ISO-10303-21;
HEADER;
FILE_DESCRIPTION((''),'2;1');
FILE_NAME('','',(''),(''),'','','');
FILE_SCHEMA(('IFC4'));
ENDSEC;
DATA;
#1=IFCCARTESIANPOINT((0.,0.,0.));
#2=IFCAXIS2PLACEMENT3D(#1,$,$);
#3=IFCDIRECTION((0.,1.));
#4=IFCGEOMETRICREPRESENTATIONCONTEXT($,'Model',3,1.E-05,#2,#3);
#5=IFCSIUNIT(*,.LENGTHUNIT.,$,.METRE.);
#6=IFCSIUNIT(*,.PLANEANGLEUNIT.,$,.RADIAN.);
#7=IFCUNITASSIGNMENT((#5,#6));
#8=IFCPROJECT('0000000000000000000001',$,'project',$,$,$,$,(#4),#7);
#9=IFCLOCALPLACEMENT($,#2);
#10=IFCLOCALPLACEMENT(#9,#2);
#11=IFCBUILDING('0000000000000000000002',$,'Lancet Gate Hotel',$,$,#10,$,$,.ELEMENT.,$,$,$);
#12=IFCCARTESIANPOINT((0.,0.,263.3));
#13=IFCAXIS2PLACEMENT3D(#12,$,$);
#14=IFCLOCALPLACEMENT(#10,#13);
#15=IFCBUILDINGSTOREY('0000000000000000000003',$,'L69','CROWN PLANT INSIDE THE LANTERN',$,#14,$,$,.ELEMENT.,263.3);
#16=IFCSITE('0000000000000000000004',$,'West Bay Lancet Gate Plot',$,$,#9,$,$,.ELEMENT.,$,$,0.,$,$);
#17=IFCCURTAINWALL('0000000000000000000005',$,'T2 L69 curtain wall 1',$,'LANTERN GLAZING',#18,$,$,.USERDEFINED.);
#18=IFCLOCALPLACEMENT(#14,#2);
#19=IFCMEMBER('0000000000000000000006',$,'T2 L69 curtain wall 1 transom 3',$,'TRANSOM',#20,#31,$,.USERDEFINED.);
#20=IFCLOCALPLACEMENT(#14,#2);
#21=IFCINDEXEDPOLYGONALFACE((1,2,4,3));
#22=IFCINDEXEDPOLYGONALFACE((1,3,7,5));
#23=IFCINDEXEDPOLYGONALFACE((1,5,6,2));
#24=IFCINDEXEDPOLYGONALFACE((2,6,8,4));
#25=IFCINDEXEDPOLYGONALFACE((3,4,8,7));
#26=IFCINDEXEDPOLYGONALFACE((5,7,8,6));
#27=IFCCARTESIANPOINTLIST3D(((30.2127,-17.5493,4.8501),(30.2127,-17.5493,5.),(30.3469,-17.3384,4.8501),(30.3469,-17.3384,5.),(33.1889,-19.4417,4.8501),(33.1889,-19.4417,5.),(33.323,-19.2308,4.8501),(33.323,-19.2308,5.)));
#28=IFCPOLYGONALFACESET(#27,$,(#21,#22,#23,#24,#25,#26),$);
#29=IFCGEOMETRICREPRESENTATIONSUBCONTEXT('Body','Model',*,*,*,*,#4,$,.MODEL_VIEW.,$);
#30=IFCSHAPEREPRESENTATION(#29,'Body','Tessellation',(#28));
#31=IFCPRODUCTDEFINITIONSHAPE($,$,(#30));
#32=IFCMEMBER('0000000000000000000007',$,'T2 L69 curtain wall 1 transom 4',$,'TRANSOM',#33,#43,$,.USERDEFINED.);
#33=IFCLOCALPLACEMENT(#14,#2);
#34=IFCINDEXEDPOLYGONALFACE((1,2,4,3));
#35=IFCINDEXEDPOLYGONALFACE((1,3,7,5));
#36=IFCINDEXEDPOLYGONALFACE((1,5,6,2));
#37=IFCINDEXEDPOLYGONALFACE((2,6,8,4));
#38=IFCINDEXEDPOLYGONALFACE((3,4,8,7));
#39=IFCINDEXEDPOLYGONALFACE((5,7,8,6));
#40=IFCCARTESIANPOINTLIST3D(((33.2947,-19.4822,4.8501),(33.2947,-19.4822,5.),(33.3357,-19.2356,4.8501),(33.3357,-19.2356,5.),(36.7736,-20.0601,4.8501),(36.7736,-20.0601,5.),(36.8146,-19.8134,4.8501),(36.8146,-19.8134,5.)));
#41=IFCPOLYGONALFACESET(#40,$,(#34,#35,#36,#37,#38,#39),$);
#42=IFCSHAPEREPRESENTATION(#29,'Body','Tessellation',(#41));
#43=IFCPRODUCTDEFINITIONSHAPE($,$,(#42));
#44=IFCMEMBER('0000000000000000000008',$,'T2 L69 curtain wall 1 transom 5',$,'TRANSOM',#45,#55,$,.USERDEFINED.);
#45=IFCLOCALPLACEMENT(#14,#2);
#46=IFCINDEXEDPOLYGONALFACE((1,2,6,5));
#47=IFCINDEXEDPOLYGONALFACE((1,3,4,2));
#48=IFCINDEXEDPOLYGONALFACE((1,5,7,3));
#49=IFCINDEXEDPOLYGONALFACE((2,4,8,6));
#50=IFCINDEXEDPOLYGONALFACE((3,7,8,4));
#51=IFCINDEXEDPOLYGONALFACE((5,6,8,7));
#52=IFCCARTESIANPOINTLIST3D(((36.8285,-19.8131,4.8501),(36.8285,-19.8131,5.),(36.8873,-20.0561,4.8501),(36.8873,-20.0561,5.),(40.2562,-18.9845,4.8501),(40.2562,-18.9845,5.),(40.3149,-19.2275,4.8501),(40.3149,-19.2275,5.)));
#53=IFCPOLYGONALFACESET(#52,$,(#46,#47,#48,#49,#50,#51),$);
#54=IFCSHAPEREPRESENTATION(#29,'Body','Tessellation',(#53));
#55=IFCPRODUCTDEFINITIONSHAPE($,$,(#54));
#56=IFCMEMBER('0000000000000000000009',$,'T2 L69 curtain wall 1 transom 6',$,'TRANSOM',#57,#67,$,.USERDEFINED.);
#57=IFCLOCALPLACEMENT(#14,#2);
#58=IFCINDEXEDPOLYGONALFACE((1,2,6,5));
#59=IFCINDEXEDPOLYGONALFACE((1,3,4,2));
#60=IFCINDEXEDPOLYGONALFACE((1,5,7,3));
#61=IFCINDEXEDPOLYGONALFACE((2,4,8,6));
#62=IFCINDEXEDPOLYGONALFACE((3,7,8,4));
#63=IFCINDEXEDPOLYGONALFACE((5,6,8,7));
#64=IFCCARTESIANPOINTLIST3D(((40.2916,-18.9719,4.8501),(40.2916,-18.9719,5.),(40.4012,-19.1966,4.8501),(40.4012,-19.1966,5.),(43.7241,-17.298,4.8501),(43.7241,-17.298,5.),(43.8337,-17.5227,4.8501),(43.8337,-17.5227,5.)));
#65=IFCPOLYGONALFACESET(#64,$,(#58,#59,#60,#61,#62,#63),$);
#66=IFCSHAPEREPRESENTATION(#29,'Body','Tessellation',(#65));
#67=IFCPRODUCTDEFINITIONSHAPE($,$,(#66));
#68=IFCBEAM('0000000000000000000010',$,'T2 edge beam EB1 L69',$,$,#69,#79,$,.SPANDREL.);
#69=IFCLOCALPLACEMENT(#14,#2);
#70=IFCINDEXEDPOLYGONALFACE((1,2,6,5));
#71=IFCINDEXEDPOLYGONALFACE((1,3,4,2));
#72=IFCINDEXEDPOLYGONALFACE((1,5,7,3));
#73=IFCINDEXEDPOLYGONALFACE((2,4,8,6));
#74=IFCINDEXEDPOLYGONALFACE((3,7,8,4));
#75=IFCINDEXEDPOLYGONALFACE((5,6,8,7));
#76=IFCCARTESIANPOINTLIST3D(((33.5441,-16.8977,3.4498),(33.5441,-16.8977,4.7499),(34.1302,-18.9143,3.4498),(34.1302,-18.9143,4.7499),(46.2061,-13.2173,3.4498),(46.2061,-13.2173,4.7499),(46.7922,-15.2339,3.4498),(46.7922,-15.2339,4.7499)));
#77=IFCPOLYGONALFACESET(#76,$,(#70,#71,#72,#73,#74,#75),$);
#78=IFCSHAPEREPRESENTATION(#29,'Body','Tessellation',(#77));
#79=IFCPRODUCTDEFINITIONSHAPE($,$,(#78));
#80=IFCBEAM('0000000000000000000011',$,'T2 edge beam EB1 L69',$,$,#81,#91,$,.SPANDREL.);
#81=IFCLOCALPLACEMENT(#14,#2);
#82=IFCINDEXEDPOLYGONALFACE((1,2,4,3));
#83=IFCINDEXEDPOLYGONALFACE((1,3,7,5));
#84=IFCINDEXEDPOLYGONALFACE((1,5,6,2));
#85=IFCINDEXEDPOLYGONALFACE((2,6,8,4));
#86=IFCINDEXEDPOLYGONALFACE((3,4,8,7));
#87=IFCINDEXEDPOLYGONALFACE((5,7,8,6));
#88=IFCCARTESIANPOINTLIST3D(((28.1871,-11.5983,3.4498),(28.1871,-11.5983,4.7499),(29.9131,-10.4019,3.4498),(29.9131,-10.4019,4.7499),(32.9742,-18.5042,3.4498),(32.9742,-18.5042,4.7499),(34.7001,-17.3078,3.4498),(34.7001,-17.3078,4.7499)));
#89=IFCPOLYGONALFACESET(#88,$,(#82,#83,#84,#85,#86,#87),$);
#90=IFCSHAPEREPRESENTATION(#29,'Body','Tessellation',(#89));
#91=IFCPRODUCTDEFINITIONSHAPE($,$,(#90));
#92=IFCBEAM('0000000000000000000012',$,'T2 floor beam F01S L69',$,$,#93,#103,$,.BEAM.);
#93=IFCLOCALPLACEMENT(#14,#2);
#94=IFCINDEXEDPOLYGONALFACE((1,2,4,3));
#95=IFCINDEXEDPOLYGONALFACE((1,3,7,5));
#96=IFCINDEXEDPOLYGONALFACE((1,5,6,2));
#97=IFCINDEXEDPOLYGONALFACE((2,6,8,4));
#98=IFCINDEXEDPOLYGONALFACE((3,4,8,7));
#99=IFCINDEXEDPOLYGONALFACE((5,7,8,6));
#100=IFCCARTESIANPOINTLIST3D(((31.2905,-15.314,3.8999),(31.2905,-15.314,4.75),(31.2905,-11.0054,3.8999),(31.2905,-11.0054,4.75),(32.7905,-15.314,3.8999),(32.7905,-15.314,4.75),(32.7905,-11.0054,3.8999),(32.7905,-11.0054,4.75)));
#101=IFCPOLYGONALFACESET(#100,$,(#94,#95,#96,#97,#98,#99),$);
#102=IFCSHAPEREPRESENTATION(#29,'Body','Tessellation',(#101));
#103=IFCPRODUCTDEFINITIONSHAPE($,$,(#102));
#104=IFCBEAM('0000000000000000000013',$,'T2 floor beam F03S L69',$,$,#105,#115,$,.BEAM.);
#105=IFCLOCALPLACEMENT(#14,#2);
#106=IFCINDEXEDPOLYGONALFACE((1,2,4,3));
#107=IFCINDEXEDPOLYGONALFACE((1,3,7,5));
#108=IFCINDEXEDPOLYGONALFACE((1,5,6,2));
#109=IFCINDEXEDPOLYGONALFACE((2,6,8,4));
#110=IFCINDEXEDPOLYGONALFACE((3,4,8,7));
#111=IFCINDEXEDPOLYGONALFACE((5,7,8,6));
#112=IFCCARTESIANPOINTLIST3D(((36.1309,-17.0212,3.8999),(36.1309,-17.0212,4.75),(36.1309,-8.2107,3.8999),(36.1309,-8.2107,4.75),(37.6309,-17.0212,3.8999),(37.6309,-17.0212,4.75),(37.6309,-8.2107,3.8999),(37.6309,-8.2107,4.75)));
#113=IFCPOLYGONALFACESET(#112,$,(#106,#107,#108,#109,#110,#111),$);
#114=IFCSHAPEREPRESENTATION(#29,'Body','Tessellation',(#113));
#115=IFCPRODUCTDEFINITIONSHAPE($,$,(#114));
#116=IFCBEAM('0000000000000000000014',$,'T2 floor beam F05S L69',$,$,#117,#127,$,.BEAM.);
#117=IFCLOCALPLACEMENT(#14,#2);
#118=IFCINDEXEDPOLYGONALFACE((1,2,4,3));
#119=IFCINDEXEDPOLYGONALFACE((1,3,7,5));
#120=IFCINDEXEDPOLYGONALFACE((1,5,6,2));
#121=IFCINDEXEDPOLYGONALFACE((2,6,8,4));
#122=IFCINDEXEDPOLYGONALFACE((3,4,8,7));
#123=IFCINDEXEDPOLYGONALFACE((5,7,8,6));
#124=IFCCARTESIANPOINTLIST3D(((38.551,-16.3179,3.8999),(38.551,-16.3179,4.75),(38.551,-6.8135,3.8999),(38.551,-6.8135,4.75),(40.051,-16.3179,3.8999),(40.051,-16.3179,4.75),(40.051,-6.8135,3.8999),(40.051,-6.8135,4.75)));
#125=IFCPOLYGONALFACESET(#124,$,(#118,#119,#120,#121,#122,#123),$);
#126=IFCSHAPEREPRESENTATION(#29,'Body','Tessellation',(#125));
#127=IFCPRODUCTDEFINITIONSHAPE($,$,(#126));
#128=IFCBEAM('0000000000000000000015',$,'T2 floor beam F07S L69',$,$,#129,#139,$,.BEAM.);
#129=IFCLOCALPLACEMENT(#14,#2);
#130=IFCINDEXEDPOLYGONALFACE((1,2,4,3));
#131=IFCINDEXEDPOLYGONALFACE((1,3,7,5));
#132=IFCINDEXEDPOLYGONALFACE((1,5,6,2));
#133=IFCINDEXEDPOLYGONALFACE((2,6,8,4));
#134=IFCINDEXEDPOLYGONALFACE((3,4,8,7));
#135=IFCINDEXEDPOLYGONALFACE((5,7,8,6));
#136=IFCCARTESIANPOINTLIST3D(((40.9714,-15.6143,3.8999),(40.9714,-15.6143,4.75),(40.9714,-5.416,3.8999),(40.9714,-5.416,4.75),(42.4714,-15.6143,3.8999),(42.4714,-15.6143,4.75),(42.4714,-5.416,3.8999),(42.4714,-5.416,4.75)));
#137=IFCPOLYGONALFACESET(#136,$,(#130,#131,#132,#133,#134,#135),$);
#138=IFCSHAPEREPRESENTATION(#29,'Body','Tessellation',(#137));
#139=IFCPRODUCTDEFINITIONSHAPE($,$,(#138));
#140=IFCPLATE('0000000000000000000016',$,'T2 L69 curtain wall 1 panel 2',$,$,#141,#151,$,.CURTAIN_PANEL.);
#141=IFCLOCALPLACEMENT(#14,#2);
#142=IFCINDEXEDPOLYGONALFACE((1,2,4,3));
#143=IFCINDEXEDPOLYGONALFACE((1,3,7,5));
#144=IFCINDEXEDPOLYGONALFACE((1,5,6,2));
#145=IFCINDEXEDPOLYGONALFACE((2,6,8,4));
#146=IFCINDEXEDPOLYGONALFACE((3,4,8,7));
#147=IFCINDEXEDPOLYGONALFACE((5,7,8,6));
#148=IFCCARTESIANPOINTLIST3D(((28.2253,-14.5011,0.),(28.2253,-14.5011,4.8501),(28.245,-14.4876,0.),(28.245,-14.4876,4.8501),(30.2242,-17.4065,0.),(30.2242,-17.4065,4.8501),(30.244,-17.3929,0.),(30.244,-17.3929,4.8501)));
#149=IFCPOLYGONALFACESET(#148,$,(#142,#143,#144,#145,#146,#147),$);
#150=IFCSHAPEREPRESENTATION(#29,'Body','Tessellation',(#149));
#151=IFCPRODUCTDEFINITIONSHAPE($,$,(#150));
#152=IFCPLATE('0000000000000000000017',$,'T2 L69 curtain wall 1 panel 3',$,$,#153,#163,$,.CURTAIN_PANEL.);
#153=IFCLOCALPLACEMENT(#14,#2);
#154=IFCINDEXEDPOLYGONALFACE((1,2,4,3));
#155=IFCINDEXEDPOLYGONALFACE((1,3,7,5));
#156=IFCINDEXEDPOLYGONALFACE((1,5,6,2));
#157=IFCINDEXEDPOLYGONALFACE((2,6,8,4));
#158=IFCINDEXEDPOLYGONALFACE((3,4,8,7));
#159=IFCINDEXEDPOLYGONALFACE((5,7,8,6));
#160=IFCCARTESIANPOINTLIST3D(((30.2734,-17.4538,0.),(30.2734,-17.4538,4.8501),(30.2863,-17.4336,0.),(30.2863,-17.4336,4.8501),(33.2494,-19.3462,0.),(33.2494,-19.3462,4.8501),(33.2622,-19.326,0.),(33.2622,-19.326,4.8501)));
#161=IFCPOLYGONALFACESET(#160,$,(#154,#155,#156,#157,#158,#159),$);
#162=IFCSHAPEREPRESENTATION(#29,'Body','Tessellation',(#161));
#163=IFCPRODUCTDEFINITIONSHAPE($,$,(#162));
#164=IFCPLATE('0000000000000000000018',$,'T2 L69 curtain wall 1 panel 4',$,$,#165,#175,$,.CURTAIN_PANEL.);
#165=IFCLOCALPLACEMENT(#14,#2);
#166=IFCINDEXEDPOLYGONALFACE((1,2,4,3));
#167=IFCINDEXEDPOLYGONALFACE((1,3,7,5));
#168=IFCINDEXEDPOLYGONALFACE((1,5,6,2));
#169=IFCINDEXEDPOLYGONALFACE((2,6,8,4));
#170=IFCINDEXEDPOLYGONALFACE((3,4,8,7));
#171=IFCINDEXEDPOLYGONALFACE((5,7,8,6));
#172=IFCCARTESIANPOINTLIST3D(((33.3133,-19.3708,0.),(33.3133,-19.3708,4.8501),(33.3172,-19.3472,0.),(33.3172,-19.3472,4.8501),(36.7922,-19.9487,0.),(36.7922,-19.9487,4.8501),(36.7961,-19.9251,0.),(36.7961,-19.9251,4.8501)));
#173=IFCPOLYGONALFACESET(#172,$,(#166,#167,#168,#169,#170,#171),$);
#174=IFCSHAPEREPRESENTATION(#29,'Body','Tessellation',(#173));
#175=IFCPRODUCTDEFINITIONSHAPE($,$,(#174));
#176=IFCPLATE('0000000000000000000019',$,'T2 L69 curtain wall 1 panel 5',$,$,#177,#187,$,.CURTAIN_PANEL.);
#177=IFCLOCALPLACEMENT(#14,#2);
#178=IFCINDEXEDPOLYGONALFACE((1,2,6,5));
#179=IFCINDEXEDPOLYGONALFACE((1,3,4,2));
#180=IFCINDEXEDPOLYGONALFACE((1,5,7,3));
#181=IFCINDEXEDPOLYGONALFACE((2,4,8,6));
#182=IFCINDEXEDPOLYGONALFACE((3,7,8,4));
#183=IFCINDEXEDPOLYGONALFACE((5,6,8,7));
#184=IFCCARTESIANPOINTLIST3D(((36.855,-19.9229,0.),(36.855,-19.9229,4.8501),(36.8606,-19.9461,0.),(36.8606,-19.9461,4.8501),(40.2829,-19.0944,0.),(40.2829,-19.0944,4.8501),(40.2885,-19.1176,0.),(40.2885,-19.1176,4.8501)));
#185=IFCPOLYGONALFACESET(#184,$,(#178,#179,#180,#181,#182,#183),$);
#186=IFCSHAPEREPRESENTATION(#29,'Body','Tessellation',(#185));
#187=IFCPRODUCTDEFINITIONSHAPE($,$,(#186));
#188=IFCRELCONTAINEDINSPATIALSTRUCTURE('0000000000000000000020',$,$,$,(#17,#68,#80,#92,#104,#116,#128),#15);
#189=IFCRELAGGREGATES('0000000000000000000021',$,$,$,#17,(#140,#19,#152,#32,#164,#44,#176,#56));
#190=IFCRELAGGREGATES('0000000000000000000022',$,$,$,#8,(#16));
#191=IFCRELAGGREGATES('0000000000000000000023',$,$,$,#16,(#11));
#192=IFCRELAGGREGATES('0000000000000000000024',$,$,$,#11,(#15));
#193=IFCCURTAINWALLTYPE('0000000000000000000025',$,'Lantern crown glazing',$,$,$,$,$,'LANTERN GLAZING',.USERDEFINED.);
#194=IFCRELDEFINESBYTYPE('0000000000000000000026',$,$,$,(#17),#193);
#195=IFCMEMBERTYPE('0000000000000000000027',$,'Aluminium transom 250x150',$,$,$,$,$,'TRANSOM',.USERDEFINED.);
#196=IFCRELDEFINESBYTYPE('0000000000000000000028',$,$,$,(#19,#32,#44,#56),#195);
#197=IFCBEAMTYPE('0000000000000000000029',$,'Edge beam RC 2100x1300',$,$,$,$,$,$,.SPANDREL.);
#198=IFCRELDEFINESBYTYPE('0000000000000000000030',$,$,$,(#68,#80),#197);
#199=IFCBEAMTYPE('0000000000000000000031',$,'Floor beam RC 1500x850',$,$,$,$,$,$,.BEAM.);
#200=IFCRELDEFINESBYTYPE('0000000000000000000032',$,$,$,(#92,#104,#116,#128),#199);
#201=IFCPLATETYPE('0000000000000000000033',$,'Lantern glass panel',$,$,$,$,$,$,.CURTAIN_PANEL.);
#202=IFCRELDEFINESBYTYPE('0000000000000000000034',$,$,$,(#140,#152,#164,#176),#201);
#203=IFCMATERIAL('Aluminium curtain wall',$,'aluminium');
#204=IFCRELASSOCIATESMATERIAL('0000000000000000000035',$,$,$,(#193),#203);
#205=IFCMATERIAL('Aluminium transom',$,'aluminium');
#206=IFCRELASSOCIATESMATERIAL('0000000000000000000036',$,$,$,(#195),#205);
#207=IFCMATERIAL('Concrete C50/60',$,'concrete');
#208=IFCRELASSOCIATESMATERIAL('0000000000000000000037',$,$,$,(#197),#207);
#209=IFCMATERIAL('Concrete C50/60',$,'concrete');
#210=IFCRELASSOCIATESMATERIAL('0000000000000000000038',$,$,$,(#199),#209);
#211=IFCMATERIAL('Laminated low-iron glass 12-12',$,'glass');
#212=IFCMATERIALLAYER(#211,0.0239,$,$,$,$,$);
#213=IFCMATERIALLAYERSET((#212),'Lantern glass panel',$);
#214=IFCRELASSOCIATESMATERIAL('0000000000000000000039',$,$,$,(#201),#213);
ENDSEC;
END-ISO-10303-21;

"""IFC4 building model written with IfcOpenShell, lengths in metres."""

from ifc_helpers import new_model, si_unit, direction, frame, origin, origin_2d, place, context, subcontext, project, spatial, rectangle, extrude, material, layer, layer_set, material_profile, profile_set, type_object, element, aggregate, save


model = new_model("IFC4")

# Units and contexts
model_context = context("Model", 3, precision=1e-05, world=origin(), true_north=direction((0.0, 1.0)))
body_context = subcontext(model_context, "Body", "Model", "MODEL_VIEW")
ifc_project = project(units=[si_unit("LENGTHUNIT", "METRE"), si_unit("PLANEANGLEUNIT", "RADIAN")], contexts=[model_context])

# Site, building, storey
site_placement = place(None, origin())
site = spatial("IfcSite", under=ifc_project, at=site_placement, Name="West Bay Lancet Gate Plot", CompositionType="ELEMENT", RefElevation=0.0)
building_placement = place(site_placement, origin())
building = spatial("IfcBuilding", under=site, at=building_placement, Name="Lancet Gate Hotel", CompositionType="ELEMENT")
storey_placement = place(building_placement, frame((0.0, 0.0, 263.3)))
storey = spatial("IfcBuildingStorey", under=building, at=storey_placement, Name="L69", Description="CROWN PLANT INSIDE THE LANTERN", CompositionType="ELEMENT", Elevation=263.3)

# Curtain wall, members
ifc_material_1 = material(Name="Aluminium curtain wall", Category="aluminium")
curtain_wall_type = type_object("IfcCurtainWallType", Name="Lantern crown glazing", ElementType="LANTERN GLAZING", PredefinedType="USERDEFINED", material=ifc_material_1)
curtain_wall_placement = place(storey_placement, origin())
curtain_wall = element("IfcCurtainWall", 1, at=curtain_wall_placement, inside=storey, type_object=curtain_wall_type, Name="T2 L69 curtain wall 1", ObjectType="LANTERN GLAZING", PredefinedType="USERDEFINED")
ifc_material_2 = material(Name="Aluminium transom", Category="aluminium")
ifc_material_profile_1 = material_profile(ifc_material_2, rectangle(XDim=0.25, YDim=0.1499, at=origin_2d()), Name="TRANSOM 250x150")
ifc_profile_set_1 = profile_set([ifc_material_profile_1], Name="Aluminium transom")
member_type_1 = type_object("IfcMemberType", Name="Aluminium transom 250x150", ElementType="TRANSOM", PredefinedType="USERDEFINED", material=ifc_profile_set_1)
member_1_placement = place(storey_placement, frame((30.2798, -17.4438, 4.925), z_axis=(0.843858, -0.536566, 0.0), x_axis=(0.536566, 0.843858, 0.0)))
member_1 = element("IfcMember", 2, at=member_1_placement, type_object=member_type_1, Name="T2 L69 curtain wall 1 transom 3", ObjectType="TRANSOM", PredefinedType="USERDEFINED", context=body_context, shape_type="SweptSolid", body=[
    extrude(rectangle(XDim=0.25, YDim=0.1499, at=origin_2d()), origin(), (0.0, 0.0, 1.0), 3.5269),
])
member_2_placement = place(storey_placement, frame((33.3152, -19.3589, 4.925), z_axis=(0.986484, -0.16386, 0.0), x_axis=(0.16386, 0.986484, 0.0)))
member_2 = element("IfcMember", 3, at=member_2_placement, type_object=member_type_1, Name="T2 L69 curtain wall 1 transom 4", ObjectType="TRANSOM", PredefinedType="USERDEFINED", context=body_context, shape_type="SweptSolid", body=[
    extrude(rectangle(XDim=0.25, YDim=0.1499, at=origin_2d()), origin(), (0.0, 0.0, 1.0), 3.5266),
])
member_3_placement = place(storey_placement, frame((36.8579, -19.9346, 4.925), z_axis=(0.972003, 0.23497, 0.0), x_axis=(-0.23497, 0.972003, 0.0)))
member_3 = element("IfcMember", 4, at=member_3_placement, type_object=member_type_1, Name="T2 L69 curtain wall 1 transom 5", ObjectType="TRANSOM", PredefinedType="USERDEFINED", context=body_context, shape_type="SweptSolid", body=[
    extrude(rectangle(XDim=0.25, YDim=0.1499, at=origin_2d()), origin(), (0.0, 0.0, 1.0), 3.5264),
])
member_4_placement = place(storey_placement, frame((40.3464, -19.0842, 4.925), z_axis=(0.89882, 0.438318, 0.0), x_axis=(-0.438318, 0.89882, 0.0)))
member_4 = element("IfcMember", 5, at=member_4_placement, type_object=member_type_1, Name="T2 L69 curtain wall 1 transom 6", ObjectType="TRANSOM", PredefinedType="USERDEFINED", context=body_context, shape_type="SweptSolid", body=[
    extrude(rectangle(XDim=0.25, YDim=0.1499, at=origin_2d()), origin(), (0.0, 0.0, 1.0), 3.8188),
])

# Beams
ifc_material_3 = material(Name="Concrete C50/60", Category="concrete")
ifc_material_profile_2 = material_profile(ifc_material_3, rectangle(XDim=2.1001, YDim=1.3, at=origin_2d()), Name="RC 2100x1300")
ifc_profile_set_2 = profile_set([ifc_material_profile_2], Name="Concrete C50/60")
beam_type_1 = type_object("IfcBeamType", Name="Edge beam RC 2100x1300", PredefinedType="SPANDREL", material=ifc_profile_set_2)
beam_1_placement = place(storey_placement, frame((33.8372, -17.906, 4.0999), z_axis=(0.960258, 0.279113, 0.0), x_axis=(-0.279113, 0.960258, 0.0)))
element("IfcBeam", 6, at=beam_1_placement, inside=storey, type_object=beam_type_1, Name="T2 edge beam EB1 L69", PredefinedType="SPANDREL", context=body_context, shape_type="SweptSolid", body=[
    extrude(rectangle(XDim=2.1001, YDim=1.3, at=origin_2d()), origin(), (0.0, 0.0, 1.0), 13.186),
])
beam_2_placement = place(storey_placement, frame((33.8372, -17.906, 4.0999), z_axis=(-0.569695, 0.821856, 0.0), x_axis=(-0.821856, -0.569695, 0.0)))
element("IfcBeam", 7, at=beam_2_placement, inside=storey, type_object=beam_type_1, Name="T2 edge beam EB1 L69", PredefinedType="SPANDREL", context=body_context, shape_type="SweptSolid", body=[
    extrude(rectangle(XDim=2.1001, YDim=1.3, at=origin_2d()), origin(), (0.0, 0.0, 1.0), 8.4028),
])
ifc_material_4 = material(Name="Concrete C50/60", Category="concrete")
ifc_material_profile_3 = material_profile(ifc_material_4, rectangle(XDim=1.5, YDim=0.8501, at=origin_2d()), Name="RC 1500x850")
ifc_profile_set_3 = profile_set([ifc_material_profile_3], Name="Concrete C50/60")
beam_type_2 = type_object("IfcBeamType", Name="Floor beam RC 1500x850", PredefinedType="BEAM", material=ifc_profile_set_3)
beam_3_placement = place(storey_placement, frame((32.0405, -15.314, 4.325), z_axis=(0.0, 1.0, 0.0), x_axis=(-1.0, 0.0, 0.0)))
element("IfcBeam", 8, at=beam_3_placement, inside=storey, type_object=beam_type_2, Name="T2 floor beam F01S L69", PredefinedType="BEAM", context=body_context, shape_type="SweptSolid", body=[
    extrude(rectangle(XDim=1.5, YDim=0.8501, at=origin_2d()), origin(), (0.0, 0.0, 1.0), 4.3086),
])
beam_4_placement = place(storey_placement, frame((36.8809, -17.0212, 4.325), z_axis=(0.0, 1.0, 0.0), x_axis=(-1.0, 0.0, 0.0)))
element("IfcBeam", 9, at=beam_4_placement, inside=storey, type_object=beam_type_2, Name="T2 floor beam F03S L69", PredefinedType="BEAM", context=body_context, shape_type="SweptSolid", body=[
    extrude(rectangle(XDim=1.5, YDim=0.8501, at=origin_2d()), origin(), (0.0, 0.0, 1.0), 8.8105),
])
beam_5_placement = place(storey_placement, frame((39.301, -16.3179, 4.325), z_axis=(0.0, 1.0, 0.0), x_axis=(-1.0, 0.0, 0.0)))
element("IfcBeam", 10, at=beam_5_placement, inside=storey, type_object=beam_type_2, Name="T2 floor beam F05S L69", PredefinedType="BEAM", context=body_context, shape_type="SweptSolid", body=[
    extrude(rectangle(XDim=1.5, YDim=0.8501, at=origin_2d()), origin(), (0.0, 0.0, 1.0), 9.5044),
])
beam_6_placement = place(storey_placement, frame((41.7214, -15.6143, 4.325), z_axis=(0.0, 1.0, 0.0), x_axis=(-1.0, 0.0, 0.0)))
element("IfcBeam", 11, at=beam_6_placement, inside=storey, type_object=beam_type_2, Name="T2 floor beam F07S L69", PredefinedType="BEAM", context=body_context, shape_type="SweptSolid", body=[
    extrude(rectangle(XDim=1.5, YDim=0.8501, at=origin_2d()), origin(), (0.0, 0.0, 1.0), 10.1982),
])

# Plates
ifc_material_5 = material(Name="Laminated low-iron glass 12-12", Category="glass")
ifc_layer_1 = layer(ifc_material_5, 0.0239)
ifc_layer_set_1 = layer_set([ifc_layer_1], Name="Lantern glass panel")
plate_type = type_object("IfcPlateType", Name="Lantern glass panel", PredefinedType="CURTAIN_PANEL", material=ifc_layer_set_1)
plate_1_placement = place(storey_placement, frame((29.2346, -15.947, 0.0), z_axis=(0.0, 0.0, 1.0), x_axis=(0.566824, -0.823839, 0.0)))
plate_1 = element("IfcPlate", 12, at=plate_1_placement, type_object=plate_type, Name="T2 L69 curtain wall 1 panel 2", PredefinedType="CURTAIN_PANEL", context=body_context, shape_type="SweptSolid", body=[
    extrude(rectangle(XDim=3.5266, YDim=0.0239, at=origin_2d()), origin(), (0.0, 0.0, 1.0), 4.8501),
])
plate_2_placement = place(storey_placement, frame((31.7678, -18.3899, 0.0), z_axis=(0.0, 0.0, 1.0), x_axis=(0.843845, -0.536587, 0.0)))
plate_2 = element("IfcPlate", 13, at=plate_2_placement, type_object=plate_type, Name="T2 L69 curtain wall 1 panel 3", PredefinedType="CURTAIN_PANEL", context=body_context, shape_type="SweptSolid", body=[
    extrude(rectangle(XDim=3.5266, YDim=0.0239, at=origin_2d()), origin(), (0.0, 0.0, 1.0), 4.8501),
])
plate_3_placement = place(storey_placement, frame((35.0547, -19.6479, 0.0), z_axis=(0.0, 0.0, 1.0), x_axis=(0.98648, -0.163881, 0.0)))
plate_3 = element("IfcPlate", 14, at=plate_3_placement, type_object=plate_type, Name="T2 L69 curtain wall 1 panel 4", PredefinedType="CURTAIN_PANEL", context=body_context, shape_type="SweptSolid", body=[
    extrude(rectangle(XDim=3.5266, YDim=0.0239, at=origin_2d()), origin(), (0.0, 0.0, 1.0), 4.8501),
])
plate_4_placement = place(storey_placement, frame((38.5718, -19.5203, 0.0), z_axis=(0.0, 0.0, 1.0), x_axis=(0.972014, 0.234924, 0.0)))
plate_4 = element("IfcPlate", 15, at=plate_4_placement, type_object=plate_type, Name="T2 L69 curtain wall 1 panel 5", PredefinedType="CURTAIN_PANEL", context=body_context, shape_type="SweptSolid", body=[
    extrude(rectangle(XDim=3.5266, YDim=0.0239, at=origin_2d()), origin(), (0.0, 0.0, 1.0), 4.8501),
])
aggregate(curtain_wall, [plate_1, member_1, plate_2, member_2, plate_3, member_3, plate_4, member_4])

save(model, "model.ifc")
